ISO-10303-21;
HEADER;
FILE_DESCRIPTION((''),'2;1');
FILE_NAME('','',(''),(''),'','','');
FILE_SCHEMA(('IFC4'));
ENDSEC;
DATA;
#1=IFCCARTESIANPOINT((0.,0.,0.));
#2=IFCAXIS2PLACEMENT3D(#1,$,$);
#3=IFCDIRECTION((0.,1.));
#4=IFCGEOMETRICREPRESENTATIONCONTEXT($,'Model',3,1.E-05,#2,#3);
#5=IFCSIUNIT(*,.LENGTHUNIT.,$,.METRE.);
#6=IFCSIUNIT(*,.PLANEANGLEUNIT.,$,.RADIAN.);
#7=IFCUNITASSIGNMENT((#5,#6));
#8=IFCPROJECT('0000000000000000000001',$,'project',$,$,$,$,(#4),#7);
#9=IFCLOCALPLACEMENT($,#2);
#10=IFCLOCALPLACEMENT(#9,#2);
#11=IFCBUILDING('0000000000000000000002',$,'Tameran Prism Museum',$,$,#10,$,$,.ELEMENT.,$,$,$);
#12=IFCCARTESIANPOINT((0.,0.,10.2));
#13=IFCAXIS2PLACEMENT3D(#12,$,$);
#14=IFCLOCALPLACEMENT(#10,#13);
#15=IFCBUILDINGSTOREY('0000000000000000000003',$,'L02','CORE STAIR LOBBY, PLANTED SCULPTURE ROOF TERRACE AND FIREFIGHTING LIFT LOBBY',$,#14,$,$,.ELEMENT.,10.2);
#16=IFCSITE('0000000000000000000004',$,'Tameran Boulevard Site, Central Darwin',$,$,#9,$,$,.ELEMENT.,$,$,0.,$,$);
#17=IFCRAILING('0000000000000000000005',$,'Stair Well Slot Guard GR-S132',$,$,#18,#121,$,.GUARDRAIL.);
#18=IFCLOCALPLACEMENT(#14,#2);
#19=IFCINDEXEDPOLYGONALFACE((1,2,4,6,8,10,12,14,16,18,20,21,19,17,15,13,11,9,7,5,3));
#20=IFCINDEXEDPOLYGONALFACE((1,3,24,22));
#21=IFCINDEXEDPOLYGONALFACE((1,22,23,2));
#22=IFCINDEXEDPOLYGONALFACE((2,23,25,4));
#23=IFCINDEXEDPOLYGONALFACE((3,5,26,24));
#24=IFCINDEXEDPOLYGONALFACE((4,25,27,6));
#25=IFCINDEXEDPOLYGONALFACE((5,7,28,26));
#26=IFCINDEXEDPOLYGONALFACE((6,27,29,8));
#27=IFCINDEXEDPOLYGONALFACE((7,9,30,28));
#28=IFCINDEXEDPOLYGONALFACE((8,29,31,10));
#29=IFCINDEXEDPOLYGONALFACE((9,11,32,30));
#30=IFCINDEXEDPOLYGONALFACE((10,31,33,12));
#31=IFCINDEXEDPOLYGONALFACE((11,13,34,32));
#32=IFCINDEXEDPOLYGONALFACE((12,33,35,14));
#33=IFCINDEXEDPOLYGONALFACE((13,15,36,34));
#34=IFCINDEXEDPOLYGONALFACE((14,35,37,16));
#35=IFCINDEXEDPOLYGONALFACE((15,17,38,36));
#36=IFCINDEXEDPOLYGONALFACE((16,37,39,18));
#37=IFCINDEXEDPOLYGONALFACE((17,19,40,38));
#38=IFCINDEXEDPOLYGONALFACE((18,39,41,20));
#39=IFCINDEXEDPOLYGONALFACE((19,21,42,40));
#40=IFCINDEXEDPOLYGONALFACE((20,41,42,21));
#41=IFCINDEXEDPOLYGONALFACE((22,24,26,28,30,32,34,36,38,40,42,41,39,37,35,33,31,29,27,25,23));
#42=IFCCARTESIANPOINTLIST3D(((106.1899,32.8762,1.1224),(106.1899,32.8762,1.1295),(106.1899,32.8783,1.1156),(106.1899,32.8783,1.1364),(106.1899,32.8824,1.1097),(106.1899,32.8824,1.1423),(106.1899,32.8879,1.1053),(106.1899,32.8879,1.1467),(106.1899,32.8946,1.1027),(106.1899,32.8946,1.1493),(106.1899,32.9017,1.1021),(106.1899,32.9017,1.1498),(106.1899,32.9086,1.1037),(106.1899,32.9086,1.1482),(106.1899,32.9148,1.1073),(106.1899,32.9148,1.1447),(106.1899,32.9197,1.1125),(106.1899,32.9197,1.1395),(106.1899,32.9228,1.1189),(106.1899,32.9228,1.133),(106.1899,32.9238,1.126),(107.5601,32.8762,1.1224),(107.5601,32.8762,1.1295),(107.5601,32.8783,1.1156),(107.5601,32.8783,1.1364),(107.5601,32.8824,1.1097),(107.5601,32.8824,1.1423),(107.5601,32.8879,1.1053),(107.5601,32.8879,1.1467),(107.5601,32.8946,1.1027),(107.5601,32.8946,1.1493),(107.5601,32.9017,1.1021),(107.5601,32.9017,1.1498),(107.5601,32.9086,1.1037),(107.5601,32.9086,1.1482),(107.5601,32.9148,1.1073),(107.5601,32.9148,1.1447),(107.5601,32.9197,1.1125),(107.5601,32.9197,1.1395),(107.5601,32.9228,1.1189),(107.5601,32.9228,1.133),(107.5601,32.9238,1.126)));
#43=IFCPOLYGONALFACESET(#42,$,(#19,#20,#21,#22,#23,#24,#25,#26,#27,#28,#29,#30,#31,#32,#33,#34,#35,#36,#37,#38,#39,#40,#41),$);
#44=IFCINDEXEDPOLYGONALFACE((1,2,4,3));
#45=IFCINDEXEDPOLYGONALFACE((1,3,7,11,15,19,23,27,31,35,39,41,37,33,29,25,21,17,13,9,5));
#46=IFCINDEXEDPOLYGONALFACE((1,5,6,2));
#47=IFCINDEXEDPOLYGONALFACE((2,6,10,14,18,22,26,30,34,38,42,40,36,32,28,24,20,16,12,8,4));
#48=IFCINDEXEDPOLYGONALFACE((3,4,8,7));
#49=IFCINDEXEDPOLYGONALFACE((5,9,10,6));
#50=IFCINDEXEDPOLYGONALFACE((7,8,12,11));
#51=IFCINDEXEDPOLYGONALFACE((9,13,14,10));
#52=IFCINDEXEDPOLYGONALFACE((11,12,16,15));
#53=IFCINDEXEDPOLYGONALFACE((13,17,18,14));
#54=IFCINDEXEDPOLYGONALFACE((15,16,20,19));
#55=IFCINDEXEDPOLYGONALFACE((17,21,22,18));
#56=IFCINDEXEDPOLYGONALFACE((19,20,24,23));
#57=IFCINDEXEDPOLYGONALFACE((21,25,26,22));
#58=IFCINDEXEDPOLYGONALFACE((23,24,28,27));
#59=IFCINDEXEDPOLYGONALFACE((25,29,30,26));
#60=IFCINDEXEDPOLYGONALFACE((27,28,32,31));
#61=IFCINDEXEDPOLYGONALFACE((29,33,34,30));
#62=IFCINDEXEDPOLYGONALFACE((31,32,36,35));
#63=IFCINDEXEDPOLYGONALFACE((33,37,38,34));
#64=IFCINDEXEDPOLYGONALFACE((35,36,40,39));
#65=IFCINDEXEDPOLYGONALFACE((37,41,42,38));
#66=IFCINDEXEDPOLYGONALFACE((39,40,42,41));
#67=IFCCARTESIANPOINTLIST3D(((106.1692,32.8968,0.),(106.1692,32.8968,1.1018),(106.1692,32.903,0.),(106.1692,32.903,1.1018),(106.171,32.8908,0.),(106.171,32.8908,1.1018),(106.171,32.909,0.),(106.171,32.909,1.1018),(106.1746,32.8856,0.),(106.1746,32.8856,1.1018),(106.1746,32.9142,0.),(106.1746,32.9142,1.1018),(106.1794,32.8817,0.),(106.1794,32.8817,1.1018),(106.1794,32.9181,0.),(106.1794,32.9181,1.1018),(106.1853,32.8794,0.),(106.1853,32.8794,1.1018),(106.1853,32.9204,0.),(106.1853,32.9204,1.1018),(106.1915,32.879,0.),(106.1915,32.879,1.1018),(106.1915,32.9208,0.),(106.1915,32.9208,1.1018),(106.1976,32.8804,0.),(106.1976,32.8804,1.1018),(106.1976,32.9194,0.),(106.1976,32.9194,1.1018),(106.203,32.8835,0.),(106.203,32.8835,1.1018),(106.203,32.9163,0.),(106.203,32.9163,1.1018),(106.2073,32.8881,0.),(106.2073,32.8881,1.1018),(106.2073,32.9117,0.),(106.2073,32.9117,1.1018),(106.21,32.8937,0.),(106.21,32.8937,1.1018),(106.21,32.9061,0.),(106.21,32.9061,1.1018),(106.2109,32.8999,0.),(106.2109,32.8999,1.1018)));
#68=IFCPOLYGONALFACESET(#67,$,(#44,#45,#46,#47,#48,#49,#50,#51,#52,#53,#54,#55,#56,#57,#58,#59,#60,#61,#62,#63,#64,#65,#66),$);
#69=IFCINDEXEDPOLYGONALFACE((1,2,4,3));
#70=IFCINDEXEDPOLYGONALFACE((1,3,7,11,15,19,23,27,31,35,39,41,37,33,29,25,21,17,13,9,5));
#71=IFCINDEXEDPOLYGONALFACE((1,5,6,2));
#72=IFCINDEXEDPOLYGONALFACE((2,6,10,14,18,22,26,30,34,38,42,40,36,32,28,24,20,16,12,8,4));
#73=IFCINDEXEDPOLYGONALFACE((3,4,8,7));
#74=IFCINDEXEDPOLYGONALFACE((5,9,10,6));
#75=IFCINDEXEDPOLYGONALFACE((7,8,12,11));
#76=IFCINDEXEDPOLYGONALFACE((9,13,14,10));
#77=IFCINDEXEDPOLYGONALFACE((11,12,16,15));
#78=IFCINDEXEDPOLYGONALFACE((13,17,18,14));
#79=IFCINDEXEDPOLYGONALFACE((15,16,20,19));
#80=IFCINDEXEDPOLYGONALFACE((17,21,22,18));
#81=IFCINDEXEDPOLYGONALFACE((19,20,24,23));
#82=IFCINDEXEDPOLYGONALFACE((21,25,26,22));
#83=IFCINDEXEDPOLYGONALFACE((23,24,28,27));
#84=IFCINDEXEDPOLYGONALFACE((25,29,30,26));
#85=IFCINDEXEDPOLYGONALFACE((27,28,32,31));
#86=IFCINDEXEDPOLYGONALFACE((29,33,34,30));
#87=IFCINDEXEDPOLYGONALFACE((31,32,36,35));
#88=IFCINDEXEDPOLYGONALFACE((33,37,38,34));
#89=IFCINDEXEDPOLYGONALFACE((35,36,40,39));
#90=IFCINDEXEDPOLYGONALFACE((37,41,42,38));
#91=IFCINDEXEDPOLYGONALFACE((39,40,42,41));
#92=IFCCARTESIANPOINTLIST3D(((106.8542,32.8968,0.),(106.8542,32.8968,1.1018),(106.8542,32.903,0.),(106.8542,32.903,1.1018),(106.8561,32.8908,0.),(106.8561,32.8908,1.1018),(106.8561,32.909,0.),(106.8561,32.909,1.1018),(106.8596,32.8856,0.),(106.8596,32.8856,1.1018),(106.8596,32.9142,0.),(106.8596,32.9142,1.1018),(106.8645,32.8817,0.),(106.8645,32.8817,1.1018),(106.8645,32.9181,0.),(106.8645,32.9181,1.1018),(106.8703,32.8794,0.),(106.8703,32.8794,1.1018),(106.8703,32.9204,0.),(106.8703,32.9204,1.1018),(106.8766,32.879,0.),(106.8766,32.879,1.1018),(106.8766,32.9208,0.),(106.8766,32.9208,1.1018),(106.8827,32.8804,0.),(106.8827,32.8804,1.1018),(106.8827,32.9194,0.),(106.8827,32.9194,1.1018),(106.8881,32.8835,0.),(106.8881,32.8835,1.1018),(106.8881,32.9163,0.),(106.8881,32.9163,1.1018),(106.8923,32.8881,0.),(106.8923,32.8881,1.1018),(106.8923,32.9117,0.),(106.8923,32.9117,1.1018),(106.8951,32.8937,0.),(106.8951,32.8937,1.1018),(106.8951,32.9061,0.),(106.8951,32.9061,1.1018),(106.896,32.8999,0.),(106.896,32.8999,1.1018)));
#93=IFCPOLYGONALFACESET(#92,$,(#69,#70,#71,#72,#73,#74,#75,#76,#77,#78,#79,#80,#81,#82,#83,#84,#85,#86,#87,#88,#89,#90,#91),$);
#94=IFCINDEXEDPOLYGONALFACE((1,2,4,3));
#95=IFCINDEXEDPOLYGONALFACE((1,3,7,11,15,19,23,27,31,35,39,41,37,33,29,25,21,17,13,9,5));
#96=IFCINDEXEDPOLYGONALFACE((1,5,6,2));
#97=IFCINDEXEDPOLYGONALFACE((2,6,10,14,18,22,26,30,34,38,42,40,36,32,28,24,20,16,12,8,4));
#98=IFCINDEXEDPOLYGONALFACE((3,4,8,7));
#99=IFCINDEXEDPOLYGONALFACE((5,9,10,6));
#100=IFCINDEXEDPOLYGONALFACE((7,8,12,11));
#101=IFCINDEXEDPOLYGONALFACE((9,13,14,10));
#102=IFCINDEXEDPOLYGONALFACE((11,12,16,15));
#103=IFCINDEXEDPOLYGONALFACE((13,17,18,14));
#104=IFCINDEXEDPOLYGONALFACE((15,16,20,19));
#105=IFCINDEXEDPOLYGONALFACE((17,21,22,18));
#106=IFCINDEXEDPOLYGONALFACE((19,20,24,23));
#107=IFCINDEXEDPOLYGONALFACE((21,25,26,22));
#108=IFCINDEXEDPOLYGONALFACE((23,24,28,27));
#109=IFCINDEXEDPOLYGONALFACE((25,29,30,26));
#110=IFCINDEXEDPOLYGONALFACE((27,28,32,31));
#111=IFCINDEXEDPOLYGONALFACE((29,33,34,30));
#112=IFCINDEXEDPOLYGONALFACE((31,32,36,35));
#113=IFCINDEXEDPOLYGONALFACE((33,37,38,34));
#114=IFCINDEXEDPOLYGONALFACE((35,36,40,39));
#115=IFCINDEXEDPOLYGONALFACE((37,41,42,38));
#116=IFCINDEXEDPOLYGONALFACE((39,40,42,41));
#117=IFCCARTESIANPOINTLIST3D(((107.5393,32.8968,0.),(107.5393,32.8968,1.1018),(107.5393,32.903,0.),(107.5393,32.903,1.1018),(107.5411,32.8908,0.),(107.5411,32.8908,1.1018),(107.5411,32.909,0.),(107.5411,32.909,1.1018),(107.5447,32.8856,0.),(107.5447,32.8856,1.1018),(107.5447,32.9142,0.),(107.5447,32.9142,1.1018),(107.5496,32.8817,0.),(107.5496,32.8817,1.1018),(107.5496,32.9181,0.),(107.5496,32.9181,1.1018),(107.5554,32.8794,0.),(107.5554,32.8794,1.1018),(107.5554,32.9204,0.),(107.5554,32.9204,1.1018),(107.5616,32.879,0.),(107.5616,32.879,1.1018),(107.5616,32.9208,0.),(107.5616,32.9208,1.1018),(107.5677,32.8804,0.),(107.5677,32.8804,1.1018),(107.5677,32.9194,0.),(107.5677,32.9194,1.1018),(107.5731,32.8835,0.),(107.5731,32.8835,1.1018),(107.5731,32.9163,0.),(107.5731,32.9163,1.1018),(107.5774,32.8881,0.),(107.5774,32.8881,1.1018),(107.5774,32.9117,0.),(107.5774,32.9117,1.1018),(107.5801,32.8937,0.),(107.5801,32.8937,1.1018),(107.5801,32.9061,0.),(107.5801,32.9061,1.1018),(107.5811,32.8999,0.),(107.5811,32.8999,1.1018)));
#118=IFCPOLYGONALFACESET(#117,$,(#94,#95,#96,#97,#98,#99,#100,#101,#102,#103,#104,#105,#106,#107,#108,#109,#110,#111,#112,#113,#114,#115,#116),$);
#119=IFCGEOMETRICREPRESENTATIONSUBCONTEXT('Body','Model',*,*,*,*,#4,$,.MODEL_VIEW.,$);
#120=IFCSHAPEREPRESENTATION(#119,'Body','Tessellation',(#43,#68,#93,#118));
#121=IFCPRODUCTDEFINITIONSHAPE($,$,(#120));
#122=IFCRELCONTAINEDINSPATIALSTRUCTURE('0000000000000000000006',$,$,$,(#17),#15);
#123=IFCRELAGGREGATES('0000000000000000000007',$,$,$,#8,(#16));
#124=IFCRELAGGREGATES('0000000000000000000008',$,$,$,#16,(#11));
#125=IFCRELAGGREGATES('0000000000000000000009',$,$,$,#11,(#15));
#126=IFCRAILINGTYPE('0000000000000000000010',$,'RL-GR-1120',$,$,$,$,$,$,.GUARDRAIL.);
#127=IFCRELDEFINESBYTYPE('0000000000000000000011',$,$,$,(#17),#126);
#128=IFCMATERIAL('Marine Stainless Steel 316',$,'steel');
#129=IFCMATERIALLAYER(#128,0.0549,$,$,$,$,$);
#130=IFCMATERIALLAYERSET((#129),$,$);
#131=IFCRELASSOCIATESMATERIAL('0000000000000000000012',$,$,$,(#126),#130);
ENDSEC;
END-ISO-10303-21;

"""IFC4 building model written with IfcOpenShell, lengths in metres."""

from ifc_helpers import new_model, si_unit, direction, frame, origin, origin_2d, place, context, subcontext, project, spatial, circle, extrude, material, layer, layer_set, type_object, element, save


model = new_model("IFC4")

# Units and contexts
model_context = context("Model", 3, precision=1e-05, world=origin(), true_north=direction((0.0, 1.0)))
body_context = subcontext(model_context, "Body", "Model", "MODEL_VIEW")
ifc_project = project(units=[si_unit("LENGTHUNIT", "METRE"), si_unit("PLANEANGLEUNIT", "RADIAN")], contexts=[model_context])

# Site, building, storey
site_placement = place(None, origin())
site = spatial("IfcSite", under=ifc_project, at=site_placement, Name="Tameran Boulevard Site, Central Darwin", CompositionType="ELEMENT", RefElevation=0.0)
building_placement = place(site_placement, origin())
building = spatial("IfcBuilding", under=site, at=building_placement, Name="Tameran Prism Museum", CompositionType="ELEMENT")
storey_placement = place(building_placement, frame((0.0, 0.0, 10.2)))
storey = spatial("IfcBuildingStorey", under=building, at=storey_placement, Name="L02", Description="CORE STAIR LOBBY, PLANTED SCULPTURE ROOF TERRACE AND FIREFIGHTING LIFT LOBBY", CompositionType="ELEMENT", Elevation=10.2)

# Railing
ifc_material_1 = material(Name="Marine Stainless Steel 316", Category="steel")
ifc_layer_1 = layer(ifc_material_1, 0.0549)
ifc_layer_set_1 = layer_set([ifc_layer_1])
railing_type_1 = type_object("IfcRailingType", Name="RL-GR-1120", PredefinedType="GUARDRAIL", material=ifc_layer_set_1)
railing_1_placement = place(storey_placement, frame((106.1899, 32.8999, 0.0)))
element("IfcRailing", 1, at=railing_1_placement, inside=storey, type_object=railing_type_1, Name="Stair Well Slot Guard GR-S132", PredefinedType="GUARDRAIL", context=body_context, shape_type="SweptSolid", body=[
    extrude(circle(Radius=0.0239, at=origin_2d()), frame((0.0, 0.0, 1.126), z_axis=(1.0, 0.0, 0.0), x_axis=(0.0, 1.0, 0.0)), (0.0, 0.0, 1.0), 1.3701),
    extrude(circle(Radius=0.021, at=origin_2d()), origin(), (0.0, 0.0, 1.0), 1.1018),
    extrude(circle(Radius=0.021, at=origin_2d()), frame((0.6851, 0.0, 0.0)), (0.0, 0.0, 1.0), 1.1018),
    extrude(circle(Radius=0.021, at=origin_2d()), frame((1.3701, 0.0, 0.0)), (0.0, 0.0, 1.0), 1.1018),
])

save(model, "model.ifc")
